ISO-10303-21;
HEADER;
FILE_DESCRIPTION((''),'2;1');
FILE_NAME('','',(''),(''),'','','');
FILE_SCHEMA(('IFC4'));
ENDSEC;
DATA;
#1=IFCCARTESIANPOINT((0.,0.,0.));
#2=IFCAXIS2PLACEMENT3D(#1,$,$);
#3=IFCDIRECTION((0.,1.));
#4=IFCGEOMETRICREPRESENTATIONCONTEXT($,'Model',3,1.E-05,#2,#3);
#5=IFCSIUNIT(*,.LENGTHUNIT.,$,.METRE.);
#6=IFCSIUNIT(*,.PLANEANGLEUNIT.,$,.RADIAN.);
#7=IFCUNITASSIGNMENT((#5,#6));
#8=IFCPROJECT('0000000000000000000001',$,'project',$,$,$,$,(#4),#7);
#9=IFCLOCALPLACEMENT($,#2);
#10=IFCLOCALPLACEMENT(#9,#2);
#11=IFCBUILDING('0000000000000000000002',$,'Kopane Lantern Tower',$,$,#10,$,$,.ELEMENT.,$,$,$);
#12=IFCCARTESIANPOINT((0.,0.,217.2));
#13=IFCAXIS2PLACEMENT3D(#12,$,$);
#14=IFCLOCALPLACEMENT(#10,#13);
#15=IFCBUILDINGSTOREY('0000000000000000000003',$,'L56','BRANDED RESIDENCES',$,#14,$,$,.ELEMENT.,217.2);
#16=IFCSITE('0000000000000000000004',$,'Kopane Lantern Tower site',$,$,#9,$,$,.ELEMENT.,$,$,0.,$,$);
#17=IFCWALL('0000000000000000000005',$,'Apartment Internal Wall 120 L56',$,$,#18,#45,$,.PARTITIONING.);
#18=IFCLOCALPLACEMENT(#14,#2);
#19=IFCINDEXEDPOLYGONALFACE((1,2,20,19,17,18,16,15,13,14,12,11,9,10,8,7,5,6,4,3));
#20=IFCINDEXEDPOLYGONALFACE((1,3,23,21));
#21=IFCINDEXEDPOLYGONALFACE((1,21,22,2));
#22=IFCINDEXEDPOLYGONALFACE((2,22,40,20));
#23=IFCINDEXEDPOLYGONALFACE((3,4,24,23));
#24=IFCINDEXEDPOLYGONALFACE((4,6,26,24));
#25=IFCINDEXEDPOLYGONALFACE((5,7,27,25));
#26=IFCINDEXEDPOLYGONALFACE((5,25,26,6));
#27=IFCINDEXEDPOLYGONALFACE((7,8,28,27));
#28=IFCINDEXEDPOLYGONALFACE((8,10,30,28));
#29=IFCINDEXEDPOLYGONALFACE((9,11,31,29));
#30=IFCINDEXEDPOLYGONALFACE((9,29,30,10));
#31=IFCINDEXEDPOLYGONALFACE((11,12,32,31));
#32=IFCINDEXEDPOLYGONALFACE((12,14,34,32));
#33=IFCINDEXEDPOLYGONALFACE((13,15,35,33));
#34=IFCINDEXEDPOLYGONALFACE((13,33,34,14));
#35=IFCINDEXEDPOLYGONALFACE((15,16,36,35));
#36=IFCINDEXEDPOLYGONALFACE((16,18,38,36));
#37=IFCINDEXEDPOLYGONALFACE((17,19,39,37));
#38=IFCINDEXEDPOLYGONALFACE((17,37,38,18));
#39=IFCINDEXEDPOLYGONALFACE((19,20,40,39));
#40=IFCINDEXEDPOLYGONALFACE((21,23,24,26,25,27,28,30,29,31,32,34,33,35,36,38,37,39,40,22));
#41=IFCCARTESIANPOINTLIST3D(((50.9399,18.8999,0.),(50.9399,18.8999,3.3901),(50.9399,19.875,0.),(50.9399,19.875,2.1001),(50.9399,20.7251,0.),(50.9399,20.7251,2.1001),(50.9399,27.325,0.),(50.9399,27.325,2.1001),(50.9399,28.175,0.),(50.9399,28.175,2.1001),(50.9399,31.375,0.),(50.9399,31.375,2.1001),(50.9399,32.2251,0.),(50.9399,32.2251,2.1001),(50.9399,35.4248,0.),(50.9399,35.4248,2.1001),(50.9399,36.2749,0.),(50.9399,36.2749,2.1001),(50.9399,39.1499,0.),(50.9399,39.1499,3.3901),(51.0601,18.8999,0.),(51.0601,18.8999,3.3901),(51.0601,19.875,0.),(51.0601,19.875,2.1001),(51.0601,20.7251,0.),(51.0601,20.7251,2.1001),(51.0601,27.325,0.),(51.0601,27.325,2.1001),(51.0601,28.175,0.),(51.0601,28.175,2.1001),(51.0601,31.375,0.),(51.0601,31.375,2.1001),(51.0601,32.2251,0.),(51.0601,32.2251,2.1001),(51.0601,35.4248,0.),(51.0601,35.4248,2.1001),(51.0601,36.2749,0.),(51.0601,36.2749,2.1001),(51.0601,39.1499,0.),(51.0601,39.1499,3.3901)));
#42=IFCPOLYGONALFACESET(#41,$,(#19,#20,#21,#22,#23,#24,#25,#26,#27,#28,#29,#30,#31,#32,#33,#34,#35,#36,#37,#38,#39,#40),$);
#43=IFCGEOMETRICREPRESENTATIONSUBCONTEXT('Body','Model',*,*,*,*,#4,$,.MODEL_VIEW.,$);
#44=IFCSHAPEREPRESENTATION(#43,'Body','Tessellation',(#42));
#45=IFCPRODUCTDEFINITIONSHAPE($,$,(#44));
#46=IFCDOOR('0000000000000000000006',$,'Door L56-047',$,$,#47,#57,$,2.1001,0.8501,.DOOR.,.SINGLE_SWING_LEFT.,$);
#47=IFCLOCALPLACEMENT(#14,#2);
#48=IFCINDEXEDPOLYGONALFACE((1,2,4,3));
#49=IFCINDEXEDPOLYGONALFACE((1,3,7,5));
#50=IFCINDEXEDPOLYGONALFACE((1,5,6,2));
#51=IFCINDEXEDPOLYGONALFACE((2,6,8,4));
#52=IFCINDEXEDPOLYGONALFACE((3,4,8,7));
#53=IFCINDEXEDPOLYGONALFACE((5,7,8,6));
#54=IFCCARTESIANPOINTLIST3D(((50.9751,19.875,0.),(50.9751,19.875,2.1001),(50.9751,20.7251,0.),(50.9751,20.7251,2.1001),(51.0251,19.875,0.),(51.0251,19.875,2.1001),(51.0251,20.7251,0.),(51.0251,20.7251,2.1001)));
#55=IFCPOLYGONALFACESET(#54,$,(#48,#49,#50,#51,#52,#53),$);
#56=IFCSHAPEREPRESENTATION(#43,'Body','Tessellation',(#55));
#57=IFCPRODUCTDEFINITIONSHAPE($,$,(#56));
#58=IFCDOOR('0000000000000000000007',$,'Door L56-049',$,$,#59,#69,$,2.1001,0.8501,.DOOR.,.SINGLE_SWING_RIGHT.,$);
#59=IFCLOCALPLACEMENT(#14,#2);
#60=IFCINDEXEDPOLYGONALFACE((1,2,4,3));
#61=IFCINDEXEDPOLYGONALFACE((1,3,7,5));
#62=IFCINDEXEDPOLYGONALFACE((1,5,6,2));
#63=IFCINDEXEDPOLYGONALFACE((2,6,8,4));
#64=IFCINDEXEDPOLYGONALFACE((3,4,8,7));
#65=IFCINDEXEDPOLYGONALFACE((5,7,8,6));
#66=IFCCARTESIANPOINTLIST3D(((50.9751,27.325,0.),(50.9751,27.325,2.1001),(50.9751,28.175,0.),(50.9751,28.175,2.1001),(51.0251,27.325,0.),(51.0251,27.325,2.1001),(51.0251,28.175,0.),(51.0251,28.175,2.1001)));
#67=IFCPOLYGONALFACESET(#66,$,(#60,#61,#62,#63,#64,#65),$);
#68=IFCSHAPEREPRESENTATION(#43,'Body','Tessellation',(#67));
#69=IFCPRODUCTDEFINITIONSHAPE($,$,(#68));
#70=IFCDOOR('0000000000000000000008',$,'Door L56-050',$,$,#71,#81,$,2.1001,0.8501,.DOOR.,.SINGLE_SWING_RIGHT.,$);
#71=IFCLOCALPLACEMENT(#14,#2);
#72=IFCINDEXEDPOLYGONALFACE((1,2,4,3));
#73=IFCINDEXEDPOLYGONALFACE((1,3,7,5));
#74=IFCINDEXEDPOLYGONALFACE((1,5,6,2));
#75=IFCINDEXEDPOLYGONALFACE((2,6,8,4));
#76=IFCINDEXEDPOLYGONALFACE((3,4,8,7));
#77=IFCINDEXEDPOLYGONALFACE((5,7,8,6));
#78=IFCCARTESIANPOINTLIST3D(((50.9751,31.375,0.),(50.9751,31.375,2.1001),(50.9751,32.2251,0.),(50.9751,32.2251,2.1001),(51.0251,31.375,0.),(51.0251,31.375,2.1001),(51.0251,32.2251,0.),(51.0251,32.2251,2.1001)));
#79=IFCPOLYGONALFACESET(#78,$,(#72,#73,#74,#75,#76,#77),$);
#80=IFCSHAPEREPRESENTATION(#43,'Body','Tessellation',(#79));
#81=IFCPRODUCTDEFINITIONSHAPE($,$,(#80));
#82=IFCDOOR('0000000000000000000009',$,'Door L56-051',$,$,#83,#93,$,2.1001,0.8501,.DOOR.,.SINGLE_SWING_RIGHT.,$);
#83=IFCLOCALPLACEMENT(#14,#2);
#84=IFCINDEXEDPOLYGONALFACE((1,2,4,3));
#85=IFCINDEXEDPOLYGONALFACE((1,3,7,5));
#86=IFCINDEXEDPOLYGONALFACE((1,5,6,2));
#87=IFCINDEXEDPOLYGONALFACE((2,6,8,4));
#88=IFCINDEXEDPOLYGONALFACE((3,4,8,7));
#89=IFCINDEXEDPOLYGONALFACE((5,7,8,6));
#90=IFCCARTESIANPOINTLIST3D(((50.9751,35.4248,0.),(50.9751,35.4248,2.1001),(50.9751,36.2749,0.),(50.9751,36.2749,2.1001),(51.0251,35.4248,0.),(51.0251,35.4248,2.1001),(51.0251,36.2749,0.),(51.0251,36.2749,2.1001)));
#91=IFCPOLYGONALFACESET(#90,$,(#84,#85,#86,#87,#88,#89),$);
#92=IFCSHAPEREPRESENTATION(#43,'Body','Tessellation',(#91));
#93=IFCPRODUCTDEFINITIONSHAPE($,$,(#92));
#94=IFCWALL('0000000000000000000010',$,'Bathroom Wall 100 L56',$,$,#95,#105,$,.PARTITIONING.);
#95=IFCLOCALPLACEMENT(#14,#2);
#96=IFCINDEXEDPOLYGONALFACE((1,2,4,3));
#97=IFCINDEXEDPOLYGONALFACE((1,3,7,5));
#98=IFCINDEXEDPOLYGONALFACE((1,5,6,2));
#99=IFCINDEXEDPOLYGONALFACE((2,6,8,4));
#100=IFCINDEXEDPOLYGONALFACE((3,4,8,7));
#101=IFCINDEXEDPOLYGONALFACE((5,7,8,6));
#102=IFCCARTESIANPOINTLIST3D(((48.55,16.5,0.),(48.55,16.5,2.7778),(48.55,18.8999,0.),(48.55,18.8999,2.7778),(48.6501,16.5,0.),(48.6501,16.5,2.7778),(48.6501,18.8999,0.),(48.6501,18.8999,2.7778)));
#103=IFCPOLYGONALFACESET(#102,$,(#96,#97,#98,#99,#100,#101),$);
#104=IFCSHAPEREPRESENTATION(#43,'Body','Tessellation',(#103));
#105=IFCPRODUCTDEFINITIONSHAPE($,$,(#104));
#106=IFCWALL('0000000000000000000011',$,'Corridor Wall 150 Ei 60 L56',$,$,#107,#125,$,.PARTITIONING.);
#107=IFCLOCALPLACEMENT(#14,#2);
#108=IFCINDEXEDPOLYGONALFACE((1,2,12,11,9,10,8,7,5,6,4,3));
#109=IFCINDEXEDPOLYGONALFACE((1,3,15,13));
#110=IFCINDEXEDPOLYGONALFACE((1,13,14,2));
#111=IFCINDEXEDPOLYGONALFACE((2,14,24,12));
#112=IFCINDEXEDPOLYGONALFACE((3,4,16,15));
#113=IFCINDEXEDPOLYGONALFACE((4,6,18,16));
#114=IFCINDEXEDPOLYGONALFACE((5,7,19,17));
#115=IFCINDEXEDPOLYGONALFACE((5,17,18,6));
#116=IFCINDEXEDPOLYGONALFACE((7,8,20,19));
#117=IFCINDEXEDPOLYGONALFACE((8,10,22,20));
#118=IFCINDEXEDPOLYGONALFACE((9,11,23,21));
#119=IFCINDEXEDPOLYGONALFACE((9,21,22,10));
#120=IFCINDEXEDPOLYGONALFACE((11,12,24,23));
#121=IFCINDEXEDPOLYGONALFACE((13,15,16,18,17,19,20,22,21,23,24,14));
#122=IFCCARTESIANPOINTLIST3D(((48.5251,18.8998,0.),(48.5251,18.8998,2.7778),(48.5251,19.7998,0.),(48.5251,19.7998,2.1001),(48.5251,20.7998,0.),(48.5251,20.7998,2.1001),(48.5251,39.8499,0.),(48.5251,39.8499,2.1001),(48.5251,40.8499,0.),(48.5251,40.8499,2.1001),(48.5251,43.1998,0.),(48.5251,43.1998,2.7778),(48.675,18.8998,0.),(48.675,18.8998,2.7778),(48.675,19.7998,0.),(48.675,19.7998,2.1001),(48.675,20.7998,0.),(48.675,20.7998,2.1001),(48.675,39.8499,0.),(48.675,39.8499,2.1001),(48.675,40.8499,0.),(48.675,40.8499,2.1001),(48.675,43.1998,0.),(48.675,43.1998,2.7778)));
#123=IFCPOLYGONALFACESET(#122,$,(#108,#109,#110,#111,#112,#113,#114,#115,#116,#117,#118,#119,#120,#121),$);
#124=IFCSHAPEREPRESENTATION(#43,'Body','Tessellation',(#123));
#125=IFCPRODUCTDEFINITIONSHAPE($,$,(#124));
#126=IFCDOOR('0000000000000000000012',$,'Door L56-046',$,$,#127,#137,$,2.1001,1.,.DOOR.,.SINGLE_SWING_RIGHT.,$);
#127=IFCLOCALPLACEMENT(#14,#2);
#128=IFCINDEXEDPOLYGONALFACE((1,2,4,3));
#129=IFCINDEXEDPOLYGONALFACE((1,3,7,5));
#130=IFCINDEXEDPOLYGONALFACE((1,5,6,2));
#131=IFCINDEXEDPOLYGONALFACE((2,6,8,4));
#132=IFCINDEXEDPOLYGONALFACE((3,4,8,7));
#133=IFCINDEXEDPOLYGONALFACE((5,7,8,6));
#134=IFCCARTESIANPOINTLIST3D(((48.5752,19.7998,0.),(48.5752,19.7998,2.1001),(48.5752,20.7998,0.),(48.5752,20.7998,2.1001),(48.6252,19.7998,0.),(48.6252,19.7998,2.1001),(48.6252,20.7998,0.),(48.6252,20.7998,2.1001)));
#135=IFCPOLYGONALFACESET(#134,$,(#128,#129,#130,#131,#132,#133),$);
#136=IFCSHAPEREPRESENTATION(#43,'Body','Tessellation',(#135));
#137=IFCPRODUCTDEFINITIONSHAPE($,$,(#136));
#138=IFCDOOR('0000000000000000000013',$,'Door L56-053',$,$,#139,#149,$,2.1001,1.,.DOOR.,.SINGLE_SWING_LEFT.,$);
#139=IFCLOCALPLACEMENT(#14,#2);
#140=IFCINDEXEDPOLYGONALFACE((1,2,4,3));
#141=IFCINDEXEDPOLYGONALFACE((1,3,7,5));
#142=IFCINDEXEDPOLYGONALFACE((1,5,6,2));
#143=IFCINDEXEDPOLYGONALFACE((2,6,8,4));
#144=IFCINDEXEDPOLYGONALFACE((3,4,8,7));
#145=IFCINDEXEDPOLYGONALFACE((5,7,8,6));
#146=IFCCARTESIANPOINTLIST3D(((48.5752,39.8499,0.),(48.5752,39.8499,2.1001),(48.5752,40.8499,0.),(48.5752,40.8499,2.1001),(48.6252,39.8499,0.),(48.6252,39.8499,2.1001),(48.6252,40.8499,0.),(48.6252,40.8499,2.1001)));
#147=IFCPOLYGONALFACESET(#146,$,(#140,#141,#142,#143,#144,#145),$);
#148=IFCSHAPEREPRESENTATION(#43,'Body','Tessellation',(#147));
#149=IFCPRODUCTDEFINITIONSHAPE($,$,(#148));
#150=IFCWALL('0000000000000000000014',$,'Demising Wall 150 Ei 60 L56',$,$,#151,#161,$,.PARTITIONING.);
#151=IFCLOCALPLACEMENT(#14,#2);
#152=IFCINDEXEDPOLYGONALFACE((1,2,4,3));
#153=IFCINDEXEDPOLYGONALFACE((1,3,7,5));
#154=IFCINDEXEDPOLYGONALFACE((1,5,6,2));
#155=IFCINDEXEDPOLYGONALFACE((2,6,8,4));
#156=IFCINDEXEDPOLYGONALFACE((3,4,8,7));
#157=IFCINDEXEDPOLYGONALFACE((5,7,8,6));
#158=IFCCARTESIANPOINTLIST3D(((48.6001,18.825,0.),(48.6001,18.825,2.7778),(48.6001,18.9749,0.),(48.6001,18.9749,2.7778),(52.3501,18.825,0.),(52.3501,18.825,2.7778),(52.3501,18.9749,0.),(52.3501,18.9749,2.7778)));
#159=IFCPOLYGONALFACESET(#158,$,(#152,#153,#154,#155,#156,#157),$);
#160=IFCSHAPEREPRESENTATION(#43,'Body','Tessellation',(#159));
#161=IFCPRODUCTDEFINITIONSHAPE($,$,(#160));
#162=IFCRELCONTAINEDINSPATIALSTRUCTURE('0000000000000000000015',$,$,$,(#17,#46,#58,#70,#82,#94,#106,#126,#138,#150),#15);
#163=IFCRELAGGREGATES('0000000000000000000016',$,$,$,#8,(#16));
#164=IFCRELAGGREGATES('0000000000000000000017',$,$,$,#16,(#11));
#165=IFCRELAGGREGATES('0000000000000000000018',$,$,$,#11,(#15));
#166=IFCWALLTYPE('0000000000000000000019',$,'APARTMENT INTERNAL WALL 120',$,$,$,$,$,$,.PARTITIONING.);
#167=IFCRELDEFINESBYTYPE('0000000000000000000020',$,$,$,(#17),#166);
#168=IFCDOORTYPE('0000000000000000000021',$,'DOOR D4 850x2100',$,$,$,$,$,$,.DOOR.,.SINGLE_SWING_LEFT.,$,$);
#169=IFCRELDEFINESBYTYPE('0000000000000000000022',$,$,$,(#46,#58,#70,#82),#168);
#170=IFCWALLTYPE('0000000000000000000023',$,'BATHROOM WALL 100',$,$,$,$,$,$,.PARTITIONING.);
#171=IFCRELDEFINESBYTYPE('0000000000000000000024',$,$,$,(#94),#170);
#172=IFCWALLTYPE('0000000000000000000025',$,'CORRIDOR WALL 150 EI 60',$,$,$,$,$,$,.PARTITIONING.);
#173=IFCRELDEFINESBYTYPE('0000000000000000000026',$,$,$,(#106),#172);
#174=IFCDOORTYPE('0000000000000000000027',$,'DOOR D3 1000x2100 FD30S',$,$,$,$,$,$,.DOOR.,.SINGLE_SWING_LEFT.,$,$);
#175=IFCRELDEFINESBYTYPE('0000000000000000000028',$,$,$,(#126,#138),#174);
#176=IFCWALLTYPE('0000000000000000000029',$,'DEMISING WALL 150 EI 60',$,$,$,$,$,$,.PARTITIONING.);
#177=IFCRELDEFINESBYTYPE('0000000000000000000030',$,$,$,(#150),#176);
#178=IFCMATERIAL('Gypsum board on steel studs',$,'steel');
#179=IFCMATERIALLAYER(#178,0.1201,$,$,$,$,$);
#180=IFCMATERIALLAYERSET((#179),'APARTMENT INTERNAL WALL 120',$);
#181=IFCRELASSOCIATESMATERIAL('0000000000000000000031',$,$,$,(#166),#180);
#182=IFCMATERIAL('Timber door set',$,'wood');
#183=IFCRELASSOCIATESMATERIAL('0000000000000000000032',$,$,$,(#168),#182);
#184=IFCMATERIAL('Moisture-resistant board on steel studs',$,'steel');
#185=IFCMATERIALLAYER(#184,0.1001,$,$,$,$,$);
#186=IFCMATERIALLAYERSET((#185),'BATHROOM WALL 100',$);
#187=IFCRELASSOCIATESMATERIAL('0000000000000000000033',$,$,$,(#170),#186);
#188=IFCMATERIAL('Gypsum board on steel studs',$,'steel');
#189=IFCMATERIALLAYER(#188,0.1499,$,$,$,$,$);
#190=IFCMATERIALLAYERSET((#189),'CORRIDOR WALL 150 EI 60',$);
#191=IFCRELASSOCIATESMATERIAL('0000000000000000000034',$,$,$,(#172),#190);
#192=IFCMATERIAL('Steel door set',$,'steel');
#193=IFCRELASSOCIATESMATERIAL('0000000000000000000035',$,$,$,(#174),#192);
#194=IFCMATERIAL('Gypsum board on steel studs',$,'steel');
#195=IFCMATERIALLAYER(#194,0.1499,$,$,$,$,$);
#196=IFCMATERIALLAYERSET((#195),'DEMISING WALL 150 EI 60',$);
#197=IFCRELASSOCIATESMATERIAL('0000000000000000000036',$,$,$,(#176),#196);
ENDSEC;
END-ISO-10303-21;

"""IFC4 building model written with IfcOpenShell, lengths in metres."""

from ifc_helpers import new_model, si_unit, direction, frame, frame_2d, origin, place, context, subcontext, project, spatial, rectangle, extrude, material, layer, layer_set, type_object, element, fill, save


model = new_model("IFC4")

# Units and contexts
model_context = context("Model", 3, precision=1e-05, world=origin(), true_north=direction((0.0, 1.0)))
body_context = subcontext(model_context, "Body", "Model", "MODEL_VIEW")
ifc_project = project(units=[si_unit("LENGTHUNIT", "METRE"), si_unit("PLANEANGLEUNIT", "RADIAN")], contexts=[model_context])

# Site, building, storey
site_placement = place(None, origin())
site = spatial("IfcSite", under=ifc_project, at=site_placement, Name="Kopane Lantern Tower site", CompositionType="ELEMENT", RefElevation=0.0)
building_placement = place(site_placement, origin())
building = spatial("IfcBuilding", under=site, at=building_placement, Name="Kopane Lantern Tower", CompositionType="ELEMENT")
storey_placement = place(building_placement, frame((0.0, 0.0, 217.2)))
storey = spatial("IfcBuildingStorey", under=building, at=storey_placement, Name="L56", Description="BRANDED RESIDENCES", CompositionType="ELEMENT", Elevation=217.2)

# Wall, openings, doors
ifc_material_1 = material(Name="Gypsum board on steel studs", Category="steel")
ifc_layer_1 = layer(ifc_material_1, 0.1201)
ifc_layer_set_1 = layer_set([ifc_layer_1], Name="APARTMENT INTERNAL WALL 120")
wall_type_1 = type_object("IfcWallType", Name="APARTMENT INTERNAL WALL 120", PredefinedType="PARTITIONING", material=ifc_layer_set_1)
wall_1_placement = place(storey_placement, frame((51.0, 18.8999, 0.0), z_axis=(0.0, 0.0, 1.0), x_axis=(0.0, 1.0, 0.0)))
wall_1 = element("IfcWall", 1, at=wall_1_placement, inside=storey, type_object=wall_type_1, Name="Apartment Internal Wall 120 L56", PredefinedType="PARTITIONING", context=body_context, shape_type="SweptSolid", body=[
    extrude(rectangle(XDim=20.25, YDim=0.1201, at=frame_2d((10.125, 0.0))), origin(), (0.0, 0.0, 1.0), 3.3901),
])
opening_1_placement = place(wall_1_placement, frame((0.9751, 0.0, 0.0)))
opening_1 = element("IfcOpeningElement", 2, at=opening_1_placement, cuts=wall_1, PredefinedType="OPENING", context=body_context, shape_type="SweptSolid", body=[
    extrude(rectangle(XDim=0.8501, YDim=2.1001, at=frame_2d((0.425, 1.05))), frame((0.0, 0.0701, 0.0), z_axis=(0.0, -1.0, 0.0), x_axis=(1.0, 0.0, 0.0)), (0.0, 0.0, 1.0), 0.1401),
])
opening_2_placement = place(wall_1_placement, frame((8.425, 0.0, 0.0)))
opening_2 = element("IfcOpeningElement", 3, at=opening_2_placement, cuts=wall_1, PredefinedType="OPENING", context=body_context, shape_type="SweptSolid", body=[
    extrude(rectangle(XDim=0.8501, YDim=2.1001, at=frame_2d((0.425, 1.05))), frame((0.0, 0.0701, 0.0), z_axis=(0.0, -1.0, 0.0), x_axis=(1.0, 0.0, 0.0)), (0.0, 0.0, 1.0), 0.1401),
])
opening_3_placement = place(wall_1_placement, frame((12.4751, 0.0, 0.0)))
opening_3 = element("IfcOpeningElement", 4, at=opening_3_placement, cuts=wall_1, PredefinedType="OPENING", context=body_context, shape_type="SweptSolid", body=[
    extrude(rectangle(XDim=0.8501, YDim=2.1001, at=frame_2d((0.425, 1.05))), frame((0.0, 0.0701, 0.0), z_axis=(0.0, -1.0, 0.0), x_axis=(1.0, 0.0, 0.0)), (0.0, 0.0, 1.0), 0.1401),
])
opening_4_placement = place(wall_1_placement, frame((16.5249, 0.0, 0.0)))
opening_4 = element("IfcOpeningElement", 5, at=opening_4_placement, cuts=wall_1, PredefinedType="OPENING", context=body_context, shape_type="SweptSolid", body=[
    extrude(rectangle(XDim=0.8501, YDim=2.1001, at=frame_2d((0.425, 1.05))), frame((0.0, 0.0701, 0.0), z_axis=(0.0, -1.0, 0.0), x_axis=(1.0, 0.0, 0.0)), (0.0, 0.0, 1.0), 0.1401),
])
ifc_material_2 = material(Name="Timber door set", Category="wood")
door_type_1 = type_object("IfcDoorType", Name="DOOR D4 850x2100", OperationType="SINGLE_SWING_LEFT", PredefinedType="DOOR", material=ifc_material_2)
door_1_placement = place(opening_1_placement, origin())
door_1 = element("IfcDoor", 6, at=door_1_placement, inside=storey, type_object=door_type_1, Name="Door L56-047", OperationType="SINGLE_SWING_LEFT", OverallHeight=2.1001, OverallWidth=0.8501, PredefinedType="DOOR", context=body_context, shape_type="SweptSolid", body=[
    extrude(rectangle(XDim=0.8501, YDim=2.1001, at=frame_2d((0.425, 1.05))), frame((0.0, 0.0249, 0.0), z_axis=(0.0, -1.0, 0.0), x_axis=(1.0, 0.0, 0.0)), (0.0, 0.0, 1.0), 0.05),
])
fill(opening_1, door_1)
door_2_placement = place(opening_2_placement, origin())
door_2 = element("IfcDoor", 7, at=door_2_placement, inside=storey, type_object=door_type_1, Name="Door L56-049", OperationType="SINGLE_SWING_RIGHT", OverallHeight=2.1001, OverallWidth=0.8501, PredefinedType="DOOR", context=body_context, shape_type="SweptSolid", body=[
    extrude(rectangle(XDim=0.8501, YDim=2.1001, at=frame_2d((0.425, 1.05))), frame((0.0, 0.0249, 0.0), z_axis=(0.0, -1.0, 0.0), x_axis=(1.0, 0.0, 0.0)), (0.0, 0.0, 1.0), 0.05),
])
fill(opening_2, door_2)
door_3_placement = place(opening_3_placement, origin())
door_3 = element("IfcDoor", 8, at=door_3_placement, inside=storey, type_object=door_type_1, Name="Door L56-050", OperationType="SINGLE_SWING_RIGHT", OverallHeight=2.1001, OverallWidth=0.8501, PredefinedType="DOOR", context=body_context, shape_type="SweptSolid", body=[
    extrude(rectangle(XDim=0.8501, YDim=2.1001, at=frame_2d((0.425, 1.05))), frame((0.0, 0.0249, 0.0), z_axis=(0.0, -1.0, 0.0), x_axis=(1.0, 0.0, 0.0)), (0.0, 0.0, 1.0), 0.05),
])
fill(opening_3, door_3)
door_4_placement = place(opening_4_placement, origin())
door_4 = element("IfcDoor", 9, at=door_4_placement, inside=storey, type_object=door_type_1, Name="Door L56-051", OperationType="SINGLE_SWING_RIGHT", OverallHeight=2.1001, OverallWidth=0.8501, PredefinedType="DOOR", context=body_context, shape_type="SweptSolid", body=[
    extrude(rectangle(XDim=0.8501, YDim=2.1001, at=frame_2d((0.425, 1.05))), frame((0.0, 0.0249, 0.0), z_axis=(0.0, -1.0, 0.0), x_axis=(1.0, 0.0, 0.0)), (0.0, 0.0, 1.0), 0.05),
])
fill(opening_4, door_4)

# Wall
ifc_material_3 = material(Name="Moisture-resistant board on steel studs", Category="steel")
ifc_layer_2 = layer(ifc_material_3, 0.1001)
ifc_layer_set_2 = layer_set([ifc_layer_2], Name="BATHROOM WALL 100")
wall_type_2 = type_object("IfcWallType", Name="BATHROOM WALL 100", PredefinedType="PARTITIONING", material=ifc_layer_set_2)
wall_2_placement = place(storey_placement, frame((48.6001, 18.8999, 0.0), z_axis=(0.0, 0.0, 1.0), x_axis=(0.0, -1.0, 0.0)))
element("IfcWall", 10, at=wall_2_placement, inside=storey, type_object=wall_type_2, Name="Bathroom Wall 100 L56", PredefinedType="PARTITIONING", context=body_context, shape_type="SweptSolid", body=[
    extrude(rectangle(XDim=2.3999, YDim=0.1001, at=frame_2d((1.2, 0.0))), origin(), (0.0, 0.0, 1.0), 2.7778),
])

# Wall, openings, doors
ifc_material_4 = material(Name="Gypsum board on steel studs", Category="steel")
ifc_layer_3 = layer(ifc_material_4, 0.1499)
ifc_layer_set_3 = layer_set([ifc_layer_3], Name="CORRIDOR WALL 150 EI 60")
wall_type_3 = type_object("IfcWallType", Name="CORRIDOR WALL 150 EI 60", PredefinedType="PARTITIONING", material=ifc_layer_set_3)
wall_3_placement = place(storey_placement, frame((48.6001, 18.8999, 0.0), z_axis=(0.0, 0.0, 1.0), x_axis=(0.0, 1.0, 0.0)))
wall_3 = element("IfcWall", 11, at=wall_3_placement, inside=storey, type_object=wall_type_3, Name="Corridor Wall 150 Ei 60 L56", PredefinedType="PARTITIONING", context=body_context, shape_type="SweptSolid", body=[
    extrude(rectangle(XDim=24.3, YDim=0.1499, at=frame_2d((12.1499, 0.0))), origin(), (0.0, 0.0, 1.0), 2.7778),
])
opening_5_placement = place(wall_3_placement, frame((0.8999, 0.0, 0.0)))
opening_5 = element("IfcOpeningElement", 12, at=opening_5_placement, cuts=wall_3, PredefinedType="OPENING", context=body_context, shape_type="SweptSolid", body=[
    extrude(rectangle(XDim=1.0, YDim=2.1001, at=frame_2d((0.5, 1.05))), frame((0.0, 0.085, 0.0), z_axis=(0.0, -1.0, 0.0), x_axis=(1.0, 0.0, 0.0)), (0.0, 0.0, 1.0), 0.1699),
])
opening_6_placement = place(wall_3_placement, frame((20.95, 0.0, 0.0)))
opening_6 = element("IfcOpeningElement", 13, at=opening_6_placement, cuts=wall_3, PredefinedType="OPENING", context=body_context, shape_type="SweptSolid", body=[
    extrude(rectangle(XDim=1.0, YDim=2.1001, at=frame_2d((0.5, 1.05))), frame((0.0, 0.085, 0.0), z_axis=(0.0, -1.0, 0.0), x_axis=(1.0, 0.0, 0.0)), (0.0, 0.0, 1.0), 0.1699),
])
ifc_material_5 = material(Name="Steel door set", Category="steel")
door_type_2 = type_object("IfcDoorType", Name="DOOR D3 1000x2100 FD30S", OperationType="SINGLE_SWING_LEFT", PredefinedType="DOOR", material=ifc_material_5)
door_5_placement = place(opening_5_placement, origin())
door_5 = element("IfcDoor", 14, at=door_5_placement, inside=storey, type_object=door_type_2, Name="Door L56-046", OperationType="SINGLE_SWING_RIGHT", OverallHeight=2.1001, OverallWidth=1.0, PredefinedType="DOOR", context=body_context, shape_type="SweptSolid", body=[
    extrude(rectangle(XDim=1.0, YDim=2.1001, at=frame_2d((0.5, 1.05))), frame((0.0, 0.0249, 0.0), z_axis=(0.0, -1.0, 0.0), x_axis=(1.0, 0.0, 0.0)), (0.0, 0.0, 1.0), 0.05),
])
fill(opening_5, door_5)
door_6_placement = place(opening_6_placement, origin())
door_6 = element("IfcDoor", 15, at=door_6_placement, inside=storey, type_object=door_type_2, Name="Door L56-053", OperationType="SINGLE_SWING_LEFT", OverallHeight=2.1001, OverallWidth=1.0, PredefinedType="DOOR", context=body_context, shape_type="SweptSolid", body=[
    extrude(rectangle(XDim=1.0, YDim=2.1001, at=frame_2d((0.5, 1.05))), frame((0.0, 0.0249, 0.0), z_axis=(0.0, -1.0, 0.0), x_axis=(1.0, 0.0, 0.0)), (0.0, 0.0, 1.0), 0.05),
])
fill(opening_6, door_6)

# Wall
ifc_material_6 = material(Name="Gypsum board on steel studs", Category="steel")
ifc_layer_4 = layer(ifc_material_6, 0.1499)
ifc_layer_set_4 = layer_set([ifc_layer_4], Name="DEMISING WALL 150 EI 60")
wall_type_4 = type_object("IfcWallType", Name="DEMISING WALL 150 EI 60", PredefinedType="PARTITIONING", material=ifc_layer_set_4)
wall_4_placement = place(storey_placement, frame((48.6001, 18.8999, 0.0), z_axis=(0.0, 0.0, 1.0), x_axis=(1.0, 0.0, 0.0)))
element("IfcWall", 16, at=wall_4_placement, inside=storey, type_object=wall_type_4, Name="Demising Wall 150 Ei 60 L56", PredefinedType="PARTITIONING", context=body_context, shape_type="SweptSolid", body=[
    extrude(rectangle(XDim=3.75, YDim=0.1499, at=frame_2d((1.875, 0.0))), origin(), (0.0, 0.0, 1.0), 2.7778),
])

save(model, "model.ifc")
